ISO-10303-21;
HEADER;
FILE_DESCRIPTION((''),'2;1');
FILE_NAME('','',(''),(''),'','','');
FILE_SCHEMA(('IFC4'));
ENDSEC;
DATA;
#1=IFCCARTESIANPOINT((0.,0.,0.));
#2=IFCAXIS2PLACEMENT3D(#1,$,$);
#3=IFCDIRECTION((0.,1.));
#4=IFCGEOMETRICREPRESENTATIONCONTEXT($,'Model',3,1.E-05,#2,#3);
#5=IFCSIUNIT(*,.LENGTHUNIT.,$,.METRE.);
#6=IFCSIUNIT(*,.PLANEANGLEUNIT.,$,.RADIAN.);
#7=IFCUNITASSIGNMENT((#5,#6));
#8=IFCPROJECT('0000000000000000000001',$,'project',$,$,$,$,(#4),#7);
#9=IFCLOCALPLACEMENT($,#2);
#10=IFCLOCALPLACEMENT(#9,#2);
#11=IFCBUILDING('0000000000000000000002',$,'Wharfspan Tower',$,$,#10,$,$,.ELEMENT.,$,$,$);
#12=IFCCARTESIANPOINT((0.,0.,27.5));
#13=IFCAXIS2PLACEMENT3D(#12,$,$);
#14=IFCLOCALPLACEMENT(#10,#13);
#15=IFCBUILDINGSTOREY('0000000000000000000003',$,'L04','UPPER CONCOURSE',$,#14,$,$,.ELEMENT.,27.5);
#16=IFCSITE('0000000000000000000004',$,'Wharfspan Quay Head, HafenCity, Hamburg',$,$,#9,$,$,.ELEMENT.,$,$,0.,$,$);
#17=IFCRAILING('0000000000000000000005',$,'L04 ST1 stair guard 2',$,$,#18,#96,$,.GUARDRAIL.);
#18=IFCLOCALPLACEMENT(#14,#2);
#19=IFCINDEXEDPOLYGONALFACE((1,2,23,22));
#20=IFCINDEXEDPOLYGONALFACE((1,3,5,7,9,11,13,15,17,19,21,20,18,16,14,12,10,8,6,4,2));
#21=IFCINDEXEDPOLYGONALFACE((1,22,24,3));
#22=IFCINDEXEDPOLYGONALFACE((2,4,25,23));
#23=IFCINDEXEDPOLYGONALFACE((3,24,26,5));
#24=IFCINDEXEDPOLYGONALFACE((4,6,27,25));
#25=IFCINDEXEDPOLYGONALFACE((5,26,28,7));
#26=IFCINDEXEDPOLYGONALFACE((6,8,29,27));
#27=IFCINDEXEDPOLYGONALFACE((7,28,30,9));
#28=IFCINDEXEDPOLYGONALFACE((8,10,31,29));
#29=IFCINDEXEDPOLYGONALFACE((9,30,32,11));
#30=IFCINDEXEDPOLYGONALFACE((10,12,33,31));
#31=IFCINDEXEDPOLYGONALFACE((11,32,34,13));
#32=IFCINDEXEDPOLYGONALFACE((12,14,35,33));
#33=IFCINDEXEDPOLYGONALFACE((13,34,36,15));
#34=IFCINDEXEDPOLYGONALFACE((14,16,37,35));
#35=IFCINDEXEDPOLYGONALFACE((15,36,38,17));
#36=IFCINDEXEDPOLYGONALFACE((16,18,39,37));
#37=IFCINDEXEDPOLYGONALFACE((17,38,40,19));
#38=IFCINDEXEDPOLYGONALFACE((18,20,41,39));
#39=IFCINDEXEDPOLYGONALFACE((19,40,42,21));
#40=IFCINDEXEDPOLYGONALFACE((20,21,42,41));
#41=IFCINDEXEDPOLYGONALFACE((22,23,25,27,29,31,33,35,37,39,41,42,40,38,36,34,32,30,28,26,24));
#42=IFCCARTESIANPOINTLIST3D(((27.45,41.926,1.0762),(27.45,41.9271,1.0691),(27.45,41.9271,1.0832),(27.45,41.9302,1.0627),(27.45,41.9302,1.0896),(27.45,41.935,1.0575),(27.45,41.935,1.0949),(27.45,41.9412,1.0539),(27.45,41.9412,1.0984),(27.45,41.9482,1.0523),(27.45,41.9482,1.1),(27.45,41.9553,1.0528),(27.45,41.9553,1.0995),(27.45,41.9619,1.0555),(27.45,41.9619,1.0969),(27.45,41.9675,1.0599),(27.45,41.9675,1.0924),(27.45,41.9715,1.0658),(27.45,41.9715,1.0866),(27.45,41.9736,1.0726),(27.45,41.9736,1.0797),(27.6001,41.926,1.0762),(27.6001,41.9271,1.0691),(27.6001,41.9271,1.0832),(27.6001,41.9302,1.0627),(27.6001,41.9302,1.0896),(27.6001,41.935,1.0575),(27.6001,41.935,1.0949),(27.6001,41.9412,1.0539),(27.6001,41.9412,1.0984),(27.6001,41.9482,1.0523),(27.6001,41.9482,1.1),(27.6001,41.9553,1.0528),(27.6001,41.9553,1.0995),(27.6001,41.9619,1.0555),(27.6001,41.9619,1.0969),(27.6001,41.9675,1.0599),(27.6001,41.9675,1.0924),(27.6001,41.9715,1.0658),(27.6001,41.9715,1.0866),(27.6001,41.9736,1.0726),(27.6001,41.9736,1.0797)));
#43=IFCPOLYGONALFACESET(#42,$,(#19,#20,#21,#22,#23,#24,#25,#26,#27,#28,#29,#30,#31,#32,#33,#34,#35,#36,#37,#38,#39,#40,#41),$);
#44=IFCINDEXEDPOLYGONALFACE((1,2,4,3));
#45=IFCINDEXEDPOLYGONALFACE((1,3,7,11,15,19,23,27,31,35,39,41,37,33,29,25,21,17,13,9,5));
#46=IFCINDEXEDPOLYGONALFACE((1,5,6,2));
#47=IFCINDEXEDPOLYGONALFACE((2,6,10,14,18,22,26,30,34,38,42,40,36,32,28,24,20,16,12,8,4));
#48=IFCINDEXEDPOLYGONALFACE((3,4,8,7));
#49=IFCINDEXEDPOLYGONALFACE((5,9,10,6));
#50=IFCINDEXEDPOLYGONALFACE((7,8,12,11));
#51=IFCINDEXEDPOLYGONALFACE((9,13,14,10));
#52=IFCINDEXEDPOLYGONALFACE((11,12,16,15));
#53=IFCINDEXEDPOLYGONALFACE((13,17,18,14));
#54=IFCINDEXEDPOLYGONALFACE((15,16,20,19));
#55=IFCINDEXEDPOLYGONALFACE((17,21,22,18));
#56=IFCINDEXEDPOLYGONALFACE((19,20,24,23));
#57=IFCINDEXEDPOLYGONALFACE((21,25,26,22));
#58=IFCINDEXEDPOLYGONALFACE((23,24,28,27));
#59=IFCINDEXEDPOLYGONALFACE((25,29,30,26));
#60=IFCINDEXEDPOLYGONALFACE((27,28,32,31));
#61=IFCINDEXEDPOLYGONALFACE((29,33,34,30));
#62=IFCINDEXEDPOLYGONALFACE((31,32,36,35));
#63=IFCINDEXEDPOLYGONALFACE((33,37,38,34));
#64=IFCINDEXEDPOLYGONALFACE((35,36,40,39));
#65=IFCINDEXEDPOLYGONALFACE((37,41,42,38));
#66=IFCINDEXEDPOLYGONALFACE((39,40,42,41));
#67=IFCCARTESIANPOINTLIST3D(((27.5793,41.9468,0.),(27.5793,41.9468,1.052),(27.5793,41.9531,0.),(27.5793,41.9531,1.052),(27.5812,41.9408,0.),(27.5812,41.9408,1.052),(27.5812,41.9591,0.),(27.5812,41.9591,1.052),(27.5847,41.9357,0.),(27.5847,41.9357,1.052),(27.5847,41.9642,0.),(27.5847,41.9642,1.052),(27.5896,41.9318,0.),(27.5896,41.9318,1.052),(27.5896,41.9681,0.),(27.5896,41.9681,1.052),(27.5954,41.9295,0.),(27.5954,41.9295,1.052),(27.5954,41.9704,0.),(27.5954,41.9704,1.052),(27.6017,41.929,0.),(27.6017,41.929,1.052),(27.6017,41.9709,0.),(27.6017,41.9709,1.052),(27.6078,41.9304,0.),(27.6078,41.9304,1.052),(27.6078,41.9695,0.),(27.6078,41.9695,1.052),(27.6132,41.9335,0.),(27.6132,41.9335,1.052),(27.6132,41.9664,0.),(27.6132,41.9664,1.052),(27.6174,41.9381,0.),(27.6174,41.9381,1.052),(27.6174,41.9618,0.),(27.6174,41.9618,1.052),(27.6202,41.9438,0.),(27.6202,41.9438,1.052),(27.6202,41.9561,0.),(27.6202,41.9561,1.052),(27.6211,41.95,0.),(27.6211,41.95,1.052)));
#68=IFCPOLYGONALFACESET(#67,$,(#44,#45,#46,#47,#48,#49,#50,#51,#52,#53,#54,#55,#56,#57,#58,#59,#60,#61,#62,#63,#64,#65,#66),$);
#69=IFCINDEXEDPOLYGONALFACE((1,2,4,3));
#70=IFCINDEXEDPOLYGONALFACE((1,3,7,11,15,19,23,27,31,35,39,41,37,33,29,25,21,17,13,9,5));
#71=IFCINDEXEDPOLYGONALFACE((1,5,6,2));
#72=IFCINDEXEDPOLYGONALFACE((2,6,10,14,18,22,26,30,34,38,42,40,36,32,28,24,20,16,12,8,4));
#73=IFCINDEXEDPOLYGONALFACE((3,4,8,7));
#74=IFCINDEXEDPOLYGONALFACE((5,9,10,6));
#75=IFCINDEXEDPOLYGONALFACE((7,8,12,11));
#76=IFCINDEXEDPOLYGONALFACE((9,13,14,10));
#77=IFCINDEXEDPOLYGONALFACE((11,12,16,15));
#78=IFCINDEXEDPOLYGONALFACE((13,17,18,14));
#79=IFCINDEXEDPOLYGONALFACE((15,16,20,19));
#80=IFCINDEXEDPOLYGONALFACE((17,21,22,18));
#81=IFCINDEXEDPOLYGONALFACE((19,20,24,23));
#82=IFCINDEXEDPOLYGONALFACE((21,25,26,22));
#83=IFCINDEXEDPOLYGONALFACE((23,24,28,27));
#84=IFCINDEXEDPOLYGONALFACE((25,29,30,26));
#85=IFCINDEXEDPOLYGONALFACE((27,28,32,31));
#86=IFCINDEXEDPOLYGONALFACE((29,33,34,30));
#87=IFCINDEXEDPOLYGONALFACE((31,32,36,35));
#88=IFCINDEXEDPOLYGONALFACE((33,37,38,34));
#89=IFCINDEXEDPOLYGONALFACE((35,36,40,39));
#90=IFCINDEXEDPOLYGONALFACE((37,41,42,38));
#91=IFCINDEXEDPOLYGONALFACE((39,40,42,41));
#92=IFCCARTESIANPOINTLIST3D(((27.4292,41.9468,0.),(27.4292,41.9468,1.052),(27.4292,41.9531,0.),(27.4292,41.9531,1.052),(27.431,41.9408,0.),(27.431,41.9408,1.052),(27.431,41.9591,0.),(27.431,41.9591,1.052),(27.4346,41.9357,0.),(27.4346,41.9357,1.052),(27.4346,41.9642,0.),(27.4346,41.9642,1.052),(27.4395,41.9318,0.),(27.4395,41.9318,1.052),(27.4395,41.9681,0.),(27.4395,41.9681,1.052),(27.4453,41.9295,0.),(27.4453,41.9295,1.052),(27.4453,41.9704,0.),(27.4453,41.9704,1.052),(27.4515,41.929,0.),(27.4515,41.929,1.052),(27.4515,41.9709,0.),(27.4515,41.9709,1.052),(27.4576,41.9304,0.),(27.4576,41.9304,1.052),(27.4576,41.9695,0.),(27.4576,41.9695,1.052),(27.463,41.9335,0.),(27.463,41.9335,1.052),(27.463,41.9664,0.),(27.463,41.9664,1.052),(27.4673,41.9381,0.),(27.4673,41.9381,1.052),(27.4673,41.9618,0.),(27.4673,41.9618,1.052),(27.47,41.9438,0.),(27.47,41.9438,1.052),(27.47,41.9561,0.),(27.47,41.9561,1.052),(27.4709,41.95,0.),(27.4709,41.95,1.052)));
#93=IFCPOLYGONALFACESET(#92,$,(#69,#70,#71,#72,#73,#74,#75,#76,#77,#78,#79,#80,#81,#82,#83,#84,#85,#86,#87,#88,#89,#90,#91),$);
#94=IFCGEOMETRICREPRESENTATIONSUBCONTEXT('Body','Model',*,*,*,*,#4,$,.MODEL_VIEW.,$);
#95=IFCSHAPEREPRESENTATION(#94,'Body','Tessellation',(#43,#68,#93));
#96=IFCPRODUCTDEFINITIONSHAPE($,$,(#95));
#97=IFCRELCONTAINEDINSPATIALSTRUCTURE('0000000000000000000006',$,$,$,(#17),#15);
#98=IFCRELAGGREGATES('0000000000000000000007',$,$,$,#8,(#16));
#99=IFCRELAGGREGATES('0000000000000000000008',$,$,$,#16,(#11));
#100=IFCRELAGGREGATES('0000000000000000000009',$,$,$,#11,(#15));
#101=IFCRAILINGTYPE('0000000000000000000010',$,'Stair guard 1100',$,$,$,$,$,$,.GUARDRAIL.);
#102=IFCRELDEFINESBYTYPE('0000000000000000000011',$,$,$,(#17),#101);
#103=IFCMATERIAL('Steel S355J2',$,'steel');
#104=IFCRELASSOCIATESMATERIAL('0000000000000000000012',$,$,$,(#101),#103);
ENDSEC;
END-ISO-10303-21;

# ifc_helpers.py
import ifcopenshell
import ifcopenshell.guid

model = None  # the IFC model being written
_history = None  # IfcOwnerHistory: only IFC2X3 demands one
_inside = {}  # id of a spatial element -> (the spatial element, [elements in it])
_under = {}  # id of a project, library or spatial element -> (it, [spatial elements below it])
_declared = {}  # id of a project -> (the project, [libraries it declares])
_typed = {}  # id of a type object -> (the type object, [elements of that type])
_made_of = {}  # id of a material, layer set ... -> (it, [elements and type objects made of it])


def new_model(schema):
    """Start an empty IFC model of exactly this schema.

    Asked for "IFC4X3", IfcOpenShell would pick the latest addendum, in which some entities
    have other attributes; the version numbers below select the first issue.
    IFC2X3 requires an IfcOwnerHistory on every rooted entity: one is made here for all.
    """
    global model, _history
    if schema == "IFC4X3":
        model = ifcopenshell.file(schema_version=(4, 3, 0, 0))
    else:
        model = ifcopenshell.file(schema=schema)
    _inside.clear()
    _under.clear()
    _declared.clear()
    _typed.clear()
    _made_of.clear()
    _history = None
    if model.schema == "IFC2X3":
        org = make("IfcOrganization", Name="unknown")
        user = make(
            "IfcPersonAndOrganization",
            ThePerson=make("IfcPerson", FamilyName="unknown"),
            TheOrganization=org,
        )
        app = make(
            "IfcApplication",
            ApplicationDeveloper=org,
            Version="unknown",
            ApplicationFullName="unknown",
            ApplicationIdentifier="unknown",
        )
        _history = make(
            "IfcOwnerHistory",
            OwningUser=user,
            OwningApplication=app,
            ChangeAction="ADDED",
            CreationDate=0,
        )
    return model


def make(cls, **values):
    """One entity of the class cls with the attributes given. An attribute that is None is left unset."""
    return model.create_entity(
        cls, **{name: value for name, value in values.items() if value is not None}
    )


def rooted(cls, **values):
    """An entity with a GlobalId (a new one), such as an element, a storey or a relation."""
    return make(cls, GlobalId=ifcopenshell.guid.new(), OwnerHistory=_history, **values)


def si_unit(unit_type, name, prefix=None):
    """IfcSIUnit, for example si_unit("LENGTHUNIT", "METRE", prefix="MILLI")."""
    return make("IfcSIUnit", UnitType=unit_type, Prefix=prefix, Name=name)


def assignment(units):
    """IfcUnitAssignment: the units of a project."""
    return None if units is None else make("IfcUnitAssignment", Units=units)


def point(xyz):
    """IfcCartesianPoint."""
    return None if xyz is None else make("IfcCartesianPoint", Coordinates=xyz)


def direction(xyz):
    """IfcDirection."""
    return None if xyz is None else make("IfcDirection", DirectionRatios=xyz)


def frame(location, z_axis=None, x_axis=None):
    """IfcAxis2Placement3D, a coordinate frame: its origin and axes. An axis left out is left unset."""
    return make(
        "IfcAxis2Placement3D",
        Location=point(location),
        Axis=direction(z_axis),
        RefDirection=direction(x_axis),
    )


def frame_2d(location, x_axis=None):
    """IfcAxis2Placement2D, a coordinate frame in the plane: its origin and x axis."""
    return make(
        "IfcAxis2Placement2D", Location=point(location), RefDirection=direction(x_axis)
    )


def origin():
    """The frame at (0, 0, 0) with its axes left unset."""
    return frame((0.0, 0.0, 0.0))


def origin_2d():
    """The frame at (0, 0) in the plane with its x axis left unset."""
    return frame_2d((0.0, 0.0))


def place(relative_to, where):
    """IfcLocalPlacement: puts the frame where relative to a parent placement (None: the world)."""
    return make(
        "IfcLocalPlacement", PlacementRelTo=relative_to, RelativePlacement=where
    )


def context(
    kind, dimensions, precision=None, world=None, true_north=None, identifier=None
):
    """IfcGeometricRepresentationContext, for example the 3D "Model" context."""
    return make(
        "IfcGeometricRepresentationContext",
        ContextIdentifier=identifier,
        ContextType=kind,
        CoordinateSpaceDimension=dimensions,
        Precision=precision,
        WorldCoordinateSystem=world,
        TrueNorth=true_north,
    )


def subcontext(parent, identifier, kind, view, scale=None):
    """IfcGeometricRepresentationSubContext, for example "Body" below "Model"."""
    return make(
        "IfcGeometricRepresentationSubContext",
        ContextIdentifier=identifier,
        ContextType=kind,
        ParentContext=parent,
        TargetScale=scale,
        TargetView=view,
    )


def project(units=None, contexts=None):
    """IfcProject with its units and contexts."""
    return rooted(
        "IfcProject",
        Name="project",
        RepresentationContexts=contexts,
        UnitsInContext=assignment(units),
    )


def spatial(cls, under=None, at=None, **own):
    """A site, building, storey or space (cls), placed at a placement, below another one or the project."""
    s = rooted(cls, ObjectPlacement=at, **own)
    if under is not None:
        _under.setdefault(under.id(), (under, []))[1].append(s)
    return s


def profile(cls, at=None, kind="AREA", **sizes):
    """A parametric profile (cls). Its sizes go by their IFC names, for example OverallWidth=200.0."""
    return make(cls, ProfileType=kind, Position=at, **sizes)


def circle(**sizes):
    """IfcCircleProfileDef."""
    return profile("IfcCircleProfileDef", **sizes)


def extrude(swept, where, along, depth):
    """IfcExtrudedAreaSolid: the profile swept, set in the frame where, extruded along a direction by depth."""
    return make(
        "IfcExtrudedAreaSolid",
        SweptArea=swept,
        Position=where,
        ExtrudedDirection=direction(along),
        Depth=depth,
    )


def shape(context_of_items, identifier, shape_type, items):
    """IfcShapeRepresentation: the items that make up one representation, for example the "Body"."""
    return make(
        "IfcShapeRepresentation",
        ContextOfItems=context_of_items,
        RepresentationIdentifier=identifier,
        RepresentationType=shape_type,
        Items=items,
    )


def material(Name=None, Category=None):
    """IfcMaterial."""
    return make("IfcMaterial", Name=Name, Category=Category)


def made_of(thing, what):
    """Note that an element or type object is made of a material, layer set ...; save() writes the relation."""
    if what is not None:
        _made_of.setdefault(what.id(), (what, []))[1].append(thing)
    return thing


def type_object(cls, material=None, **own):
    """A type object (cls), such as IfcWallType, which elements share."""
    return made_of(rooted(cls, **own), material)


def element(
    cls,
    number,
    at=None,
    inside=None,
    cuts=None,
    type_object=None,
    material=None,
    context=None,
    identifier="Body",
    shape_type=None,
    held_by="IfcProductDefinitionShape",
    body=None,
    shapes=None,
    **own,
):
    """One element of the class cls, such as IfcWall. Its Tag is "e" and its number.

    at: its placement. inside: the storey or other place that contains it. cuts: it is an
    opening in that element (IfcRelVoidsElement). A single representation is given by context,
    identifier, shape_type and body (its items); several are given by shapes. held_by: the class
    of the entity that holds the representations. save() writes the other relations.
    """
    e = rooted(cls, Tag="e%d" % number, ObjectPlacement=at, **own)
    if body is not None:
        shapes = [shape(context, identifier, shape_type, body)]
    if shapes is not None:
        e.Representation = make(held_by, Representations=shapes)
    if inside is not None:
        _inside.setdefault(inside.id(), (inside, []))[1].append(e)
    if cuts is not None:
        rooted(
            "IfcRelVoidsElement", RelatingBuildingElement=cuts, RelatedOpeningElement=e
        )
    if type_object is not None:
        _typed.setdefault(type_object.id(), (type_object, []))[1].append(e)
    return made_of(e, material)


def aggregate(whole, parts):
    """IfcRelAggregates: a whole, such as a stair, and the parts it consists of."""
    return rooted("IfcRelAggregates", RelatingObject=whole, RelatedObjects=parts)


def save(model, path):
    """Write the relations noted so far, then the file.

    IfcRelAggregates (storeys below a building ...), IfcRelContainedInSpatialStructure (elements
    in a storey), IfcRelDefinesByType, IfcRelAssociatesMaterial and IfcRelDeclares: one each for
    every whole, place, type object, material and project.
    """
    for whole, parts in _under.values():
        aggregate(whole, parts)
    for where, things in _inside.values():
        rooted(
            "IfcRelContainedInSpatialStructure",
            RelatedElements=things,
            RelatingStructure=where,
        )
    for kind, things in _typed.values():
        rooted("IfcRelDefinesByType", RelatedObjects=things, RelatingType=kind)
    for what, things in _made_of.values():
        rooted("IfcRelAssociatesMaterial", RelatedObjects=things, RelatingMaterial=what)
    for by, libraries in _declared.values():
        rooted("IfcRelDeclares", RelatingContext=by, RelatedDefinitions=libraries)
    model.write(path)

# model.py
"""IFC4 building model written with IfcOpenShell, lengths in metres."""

from ifc_helpers import new_model, si_unit, direction, frame, origin, origin_2d, place, context, subcontext, project, spatial, circle, extrude, material, type_object, element, save


model = new_model("IFC4")

# Units and contexts
model_context = context("Model", 3, precision=1e-05, world=origin(), true_north=direction((0.0, 1.0)))
body_context = subcontext(model_context, "Body", "Model", "MODEL_VIEW")
ifc_project = project(units=[si_unit("LENGTHUNIT", "METRE"), si_unit("PLANEANGLEUNIT", "RADIAN")], contexts=[model_context])

# Site, building, storey
site_placement = place(None, origin())
site = spatial("IfcSite", under=ifc_project, at=site_placement, Name="Wharfspan Quay Head, HafenCity, Hamburg", CompositionType="ELEMENT", RefElevation=0.0)
building_placement = place(site_placement, origin())
building = spatial("IfcBuilding", under=site, at=building_placement, Name="Wharfspan Tower", CompositionType="ELEMENT")
storey_placement = place(building_placement, frame((0.0, 0.0, 27.5)))
storey = spatial("IfcBuildingStorey", under=building, at=storey_placement, Name="L04", Description="UPPER CONCOURSE", CompositionType="ELEMENT", Elevation=27.5)

# Railing
ifc_material_1 = material(Name="Steel S355J2", Category="steel")
railing_type = type_object("IfcRailingType", Name="Stair guard 1100", PredefinedType="GUARDRAIL", material=ifc_material_1)
railing_1_placement = place(storey_placement, frame((27.6001, 41.95, 0.0)))
element("IfcRailing", 1, at=railing_1_placement, inside=storey, type_object=railing_type, Name="L04 ST1 stair guard 2", PredefinedType="GUARDRAIL", context=body_context, shape_type="SweptSolid", body=[
    extrude(circle(Radius=0.0239, at=origin_2d()), frame((0.0, 0.0, 1.0762), z_axis=(-1.0, 0.0, 0.0), x_axis=(0.0, -1.0, 0.0)), (0.0, 0.0, 1.0), 0.1501),
    extrude(circle(Radius=0.021, at=origin_2d()), origin(), (0.0, 0.0, 1.0), 1.052),
    extrude(circle(Radius=0.021, at=origin_2d()), frame((-0.1501, 0.0, 0.0)), (0.0, 0.0, 1.0), 1.052),
])

save(model, "model.ifc")
